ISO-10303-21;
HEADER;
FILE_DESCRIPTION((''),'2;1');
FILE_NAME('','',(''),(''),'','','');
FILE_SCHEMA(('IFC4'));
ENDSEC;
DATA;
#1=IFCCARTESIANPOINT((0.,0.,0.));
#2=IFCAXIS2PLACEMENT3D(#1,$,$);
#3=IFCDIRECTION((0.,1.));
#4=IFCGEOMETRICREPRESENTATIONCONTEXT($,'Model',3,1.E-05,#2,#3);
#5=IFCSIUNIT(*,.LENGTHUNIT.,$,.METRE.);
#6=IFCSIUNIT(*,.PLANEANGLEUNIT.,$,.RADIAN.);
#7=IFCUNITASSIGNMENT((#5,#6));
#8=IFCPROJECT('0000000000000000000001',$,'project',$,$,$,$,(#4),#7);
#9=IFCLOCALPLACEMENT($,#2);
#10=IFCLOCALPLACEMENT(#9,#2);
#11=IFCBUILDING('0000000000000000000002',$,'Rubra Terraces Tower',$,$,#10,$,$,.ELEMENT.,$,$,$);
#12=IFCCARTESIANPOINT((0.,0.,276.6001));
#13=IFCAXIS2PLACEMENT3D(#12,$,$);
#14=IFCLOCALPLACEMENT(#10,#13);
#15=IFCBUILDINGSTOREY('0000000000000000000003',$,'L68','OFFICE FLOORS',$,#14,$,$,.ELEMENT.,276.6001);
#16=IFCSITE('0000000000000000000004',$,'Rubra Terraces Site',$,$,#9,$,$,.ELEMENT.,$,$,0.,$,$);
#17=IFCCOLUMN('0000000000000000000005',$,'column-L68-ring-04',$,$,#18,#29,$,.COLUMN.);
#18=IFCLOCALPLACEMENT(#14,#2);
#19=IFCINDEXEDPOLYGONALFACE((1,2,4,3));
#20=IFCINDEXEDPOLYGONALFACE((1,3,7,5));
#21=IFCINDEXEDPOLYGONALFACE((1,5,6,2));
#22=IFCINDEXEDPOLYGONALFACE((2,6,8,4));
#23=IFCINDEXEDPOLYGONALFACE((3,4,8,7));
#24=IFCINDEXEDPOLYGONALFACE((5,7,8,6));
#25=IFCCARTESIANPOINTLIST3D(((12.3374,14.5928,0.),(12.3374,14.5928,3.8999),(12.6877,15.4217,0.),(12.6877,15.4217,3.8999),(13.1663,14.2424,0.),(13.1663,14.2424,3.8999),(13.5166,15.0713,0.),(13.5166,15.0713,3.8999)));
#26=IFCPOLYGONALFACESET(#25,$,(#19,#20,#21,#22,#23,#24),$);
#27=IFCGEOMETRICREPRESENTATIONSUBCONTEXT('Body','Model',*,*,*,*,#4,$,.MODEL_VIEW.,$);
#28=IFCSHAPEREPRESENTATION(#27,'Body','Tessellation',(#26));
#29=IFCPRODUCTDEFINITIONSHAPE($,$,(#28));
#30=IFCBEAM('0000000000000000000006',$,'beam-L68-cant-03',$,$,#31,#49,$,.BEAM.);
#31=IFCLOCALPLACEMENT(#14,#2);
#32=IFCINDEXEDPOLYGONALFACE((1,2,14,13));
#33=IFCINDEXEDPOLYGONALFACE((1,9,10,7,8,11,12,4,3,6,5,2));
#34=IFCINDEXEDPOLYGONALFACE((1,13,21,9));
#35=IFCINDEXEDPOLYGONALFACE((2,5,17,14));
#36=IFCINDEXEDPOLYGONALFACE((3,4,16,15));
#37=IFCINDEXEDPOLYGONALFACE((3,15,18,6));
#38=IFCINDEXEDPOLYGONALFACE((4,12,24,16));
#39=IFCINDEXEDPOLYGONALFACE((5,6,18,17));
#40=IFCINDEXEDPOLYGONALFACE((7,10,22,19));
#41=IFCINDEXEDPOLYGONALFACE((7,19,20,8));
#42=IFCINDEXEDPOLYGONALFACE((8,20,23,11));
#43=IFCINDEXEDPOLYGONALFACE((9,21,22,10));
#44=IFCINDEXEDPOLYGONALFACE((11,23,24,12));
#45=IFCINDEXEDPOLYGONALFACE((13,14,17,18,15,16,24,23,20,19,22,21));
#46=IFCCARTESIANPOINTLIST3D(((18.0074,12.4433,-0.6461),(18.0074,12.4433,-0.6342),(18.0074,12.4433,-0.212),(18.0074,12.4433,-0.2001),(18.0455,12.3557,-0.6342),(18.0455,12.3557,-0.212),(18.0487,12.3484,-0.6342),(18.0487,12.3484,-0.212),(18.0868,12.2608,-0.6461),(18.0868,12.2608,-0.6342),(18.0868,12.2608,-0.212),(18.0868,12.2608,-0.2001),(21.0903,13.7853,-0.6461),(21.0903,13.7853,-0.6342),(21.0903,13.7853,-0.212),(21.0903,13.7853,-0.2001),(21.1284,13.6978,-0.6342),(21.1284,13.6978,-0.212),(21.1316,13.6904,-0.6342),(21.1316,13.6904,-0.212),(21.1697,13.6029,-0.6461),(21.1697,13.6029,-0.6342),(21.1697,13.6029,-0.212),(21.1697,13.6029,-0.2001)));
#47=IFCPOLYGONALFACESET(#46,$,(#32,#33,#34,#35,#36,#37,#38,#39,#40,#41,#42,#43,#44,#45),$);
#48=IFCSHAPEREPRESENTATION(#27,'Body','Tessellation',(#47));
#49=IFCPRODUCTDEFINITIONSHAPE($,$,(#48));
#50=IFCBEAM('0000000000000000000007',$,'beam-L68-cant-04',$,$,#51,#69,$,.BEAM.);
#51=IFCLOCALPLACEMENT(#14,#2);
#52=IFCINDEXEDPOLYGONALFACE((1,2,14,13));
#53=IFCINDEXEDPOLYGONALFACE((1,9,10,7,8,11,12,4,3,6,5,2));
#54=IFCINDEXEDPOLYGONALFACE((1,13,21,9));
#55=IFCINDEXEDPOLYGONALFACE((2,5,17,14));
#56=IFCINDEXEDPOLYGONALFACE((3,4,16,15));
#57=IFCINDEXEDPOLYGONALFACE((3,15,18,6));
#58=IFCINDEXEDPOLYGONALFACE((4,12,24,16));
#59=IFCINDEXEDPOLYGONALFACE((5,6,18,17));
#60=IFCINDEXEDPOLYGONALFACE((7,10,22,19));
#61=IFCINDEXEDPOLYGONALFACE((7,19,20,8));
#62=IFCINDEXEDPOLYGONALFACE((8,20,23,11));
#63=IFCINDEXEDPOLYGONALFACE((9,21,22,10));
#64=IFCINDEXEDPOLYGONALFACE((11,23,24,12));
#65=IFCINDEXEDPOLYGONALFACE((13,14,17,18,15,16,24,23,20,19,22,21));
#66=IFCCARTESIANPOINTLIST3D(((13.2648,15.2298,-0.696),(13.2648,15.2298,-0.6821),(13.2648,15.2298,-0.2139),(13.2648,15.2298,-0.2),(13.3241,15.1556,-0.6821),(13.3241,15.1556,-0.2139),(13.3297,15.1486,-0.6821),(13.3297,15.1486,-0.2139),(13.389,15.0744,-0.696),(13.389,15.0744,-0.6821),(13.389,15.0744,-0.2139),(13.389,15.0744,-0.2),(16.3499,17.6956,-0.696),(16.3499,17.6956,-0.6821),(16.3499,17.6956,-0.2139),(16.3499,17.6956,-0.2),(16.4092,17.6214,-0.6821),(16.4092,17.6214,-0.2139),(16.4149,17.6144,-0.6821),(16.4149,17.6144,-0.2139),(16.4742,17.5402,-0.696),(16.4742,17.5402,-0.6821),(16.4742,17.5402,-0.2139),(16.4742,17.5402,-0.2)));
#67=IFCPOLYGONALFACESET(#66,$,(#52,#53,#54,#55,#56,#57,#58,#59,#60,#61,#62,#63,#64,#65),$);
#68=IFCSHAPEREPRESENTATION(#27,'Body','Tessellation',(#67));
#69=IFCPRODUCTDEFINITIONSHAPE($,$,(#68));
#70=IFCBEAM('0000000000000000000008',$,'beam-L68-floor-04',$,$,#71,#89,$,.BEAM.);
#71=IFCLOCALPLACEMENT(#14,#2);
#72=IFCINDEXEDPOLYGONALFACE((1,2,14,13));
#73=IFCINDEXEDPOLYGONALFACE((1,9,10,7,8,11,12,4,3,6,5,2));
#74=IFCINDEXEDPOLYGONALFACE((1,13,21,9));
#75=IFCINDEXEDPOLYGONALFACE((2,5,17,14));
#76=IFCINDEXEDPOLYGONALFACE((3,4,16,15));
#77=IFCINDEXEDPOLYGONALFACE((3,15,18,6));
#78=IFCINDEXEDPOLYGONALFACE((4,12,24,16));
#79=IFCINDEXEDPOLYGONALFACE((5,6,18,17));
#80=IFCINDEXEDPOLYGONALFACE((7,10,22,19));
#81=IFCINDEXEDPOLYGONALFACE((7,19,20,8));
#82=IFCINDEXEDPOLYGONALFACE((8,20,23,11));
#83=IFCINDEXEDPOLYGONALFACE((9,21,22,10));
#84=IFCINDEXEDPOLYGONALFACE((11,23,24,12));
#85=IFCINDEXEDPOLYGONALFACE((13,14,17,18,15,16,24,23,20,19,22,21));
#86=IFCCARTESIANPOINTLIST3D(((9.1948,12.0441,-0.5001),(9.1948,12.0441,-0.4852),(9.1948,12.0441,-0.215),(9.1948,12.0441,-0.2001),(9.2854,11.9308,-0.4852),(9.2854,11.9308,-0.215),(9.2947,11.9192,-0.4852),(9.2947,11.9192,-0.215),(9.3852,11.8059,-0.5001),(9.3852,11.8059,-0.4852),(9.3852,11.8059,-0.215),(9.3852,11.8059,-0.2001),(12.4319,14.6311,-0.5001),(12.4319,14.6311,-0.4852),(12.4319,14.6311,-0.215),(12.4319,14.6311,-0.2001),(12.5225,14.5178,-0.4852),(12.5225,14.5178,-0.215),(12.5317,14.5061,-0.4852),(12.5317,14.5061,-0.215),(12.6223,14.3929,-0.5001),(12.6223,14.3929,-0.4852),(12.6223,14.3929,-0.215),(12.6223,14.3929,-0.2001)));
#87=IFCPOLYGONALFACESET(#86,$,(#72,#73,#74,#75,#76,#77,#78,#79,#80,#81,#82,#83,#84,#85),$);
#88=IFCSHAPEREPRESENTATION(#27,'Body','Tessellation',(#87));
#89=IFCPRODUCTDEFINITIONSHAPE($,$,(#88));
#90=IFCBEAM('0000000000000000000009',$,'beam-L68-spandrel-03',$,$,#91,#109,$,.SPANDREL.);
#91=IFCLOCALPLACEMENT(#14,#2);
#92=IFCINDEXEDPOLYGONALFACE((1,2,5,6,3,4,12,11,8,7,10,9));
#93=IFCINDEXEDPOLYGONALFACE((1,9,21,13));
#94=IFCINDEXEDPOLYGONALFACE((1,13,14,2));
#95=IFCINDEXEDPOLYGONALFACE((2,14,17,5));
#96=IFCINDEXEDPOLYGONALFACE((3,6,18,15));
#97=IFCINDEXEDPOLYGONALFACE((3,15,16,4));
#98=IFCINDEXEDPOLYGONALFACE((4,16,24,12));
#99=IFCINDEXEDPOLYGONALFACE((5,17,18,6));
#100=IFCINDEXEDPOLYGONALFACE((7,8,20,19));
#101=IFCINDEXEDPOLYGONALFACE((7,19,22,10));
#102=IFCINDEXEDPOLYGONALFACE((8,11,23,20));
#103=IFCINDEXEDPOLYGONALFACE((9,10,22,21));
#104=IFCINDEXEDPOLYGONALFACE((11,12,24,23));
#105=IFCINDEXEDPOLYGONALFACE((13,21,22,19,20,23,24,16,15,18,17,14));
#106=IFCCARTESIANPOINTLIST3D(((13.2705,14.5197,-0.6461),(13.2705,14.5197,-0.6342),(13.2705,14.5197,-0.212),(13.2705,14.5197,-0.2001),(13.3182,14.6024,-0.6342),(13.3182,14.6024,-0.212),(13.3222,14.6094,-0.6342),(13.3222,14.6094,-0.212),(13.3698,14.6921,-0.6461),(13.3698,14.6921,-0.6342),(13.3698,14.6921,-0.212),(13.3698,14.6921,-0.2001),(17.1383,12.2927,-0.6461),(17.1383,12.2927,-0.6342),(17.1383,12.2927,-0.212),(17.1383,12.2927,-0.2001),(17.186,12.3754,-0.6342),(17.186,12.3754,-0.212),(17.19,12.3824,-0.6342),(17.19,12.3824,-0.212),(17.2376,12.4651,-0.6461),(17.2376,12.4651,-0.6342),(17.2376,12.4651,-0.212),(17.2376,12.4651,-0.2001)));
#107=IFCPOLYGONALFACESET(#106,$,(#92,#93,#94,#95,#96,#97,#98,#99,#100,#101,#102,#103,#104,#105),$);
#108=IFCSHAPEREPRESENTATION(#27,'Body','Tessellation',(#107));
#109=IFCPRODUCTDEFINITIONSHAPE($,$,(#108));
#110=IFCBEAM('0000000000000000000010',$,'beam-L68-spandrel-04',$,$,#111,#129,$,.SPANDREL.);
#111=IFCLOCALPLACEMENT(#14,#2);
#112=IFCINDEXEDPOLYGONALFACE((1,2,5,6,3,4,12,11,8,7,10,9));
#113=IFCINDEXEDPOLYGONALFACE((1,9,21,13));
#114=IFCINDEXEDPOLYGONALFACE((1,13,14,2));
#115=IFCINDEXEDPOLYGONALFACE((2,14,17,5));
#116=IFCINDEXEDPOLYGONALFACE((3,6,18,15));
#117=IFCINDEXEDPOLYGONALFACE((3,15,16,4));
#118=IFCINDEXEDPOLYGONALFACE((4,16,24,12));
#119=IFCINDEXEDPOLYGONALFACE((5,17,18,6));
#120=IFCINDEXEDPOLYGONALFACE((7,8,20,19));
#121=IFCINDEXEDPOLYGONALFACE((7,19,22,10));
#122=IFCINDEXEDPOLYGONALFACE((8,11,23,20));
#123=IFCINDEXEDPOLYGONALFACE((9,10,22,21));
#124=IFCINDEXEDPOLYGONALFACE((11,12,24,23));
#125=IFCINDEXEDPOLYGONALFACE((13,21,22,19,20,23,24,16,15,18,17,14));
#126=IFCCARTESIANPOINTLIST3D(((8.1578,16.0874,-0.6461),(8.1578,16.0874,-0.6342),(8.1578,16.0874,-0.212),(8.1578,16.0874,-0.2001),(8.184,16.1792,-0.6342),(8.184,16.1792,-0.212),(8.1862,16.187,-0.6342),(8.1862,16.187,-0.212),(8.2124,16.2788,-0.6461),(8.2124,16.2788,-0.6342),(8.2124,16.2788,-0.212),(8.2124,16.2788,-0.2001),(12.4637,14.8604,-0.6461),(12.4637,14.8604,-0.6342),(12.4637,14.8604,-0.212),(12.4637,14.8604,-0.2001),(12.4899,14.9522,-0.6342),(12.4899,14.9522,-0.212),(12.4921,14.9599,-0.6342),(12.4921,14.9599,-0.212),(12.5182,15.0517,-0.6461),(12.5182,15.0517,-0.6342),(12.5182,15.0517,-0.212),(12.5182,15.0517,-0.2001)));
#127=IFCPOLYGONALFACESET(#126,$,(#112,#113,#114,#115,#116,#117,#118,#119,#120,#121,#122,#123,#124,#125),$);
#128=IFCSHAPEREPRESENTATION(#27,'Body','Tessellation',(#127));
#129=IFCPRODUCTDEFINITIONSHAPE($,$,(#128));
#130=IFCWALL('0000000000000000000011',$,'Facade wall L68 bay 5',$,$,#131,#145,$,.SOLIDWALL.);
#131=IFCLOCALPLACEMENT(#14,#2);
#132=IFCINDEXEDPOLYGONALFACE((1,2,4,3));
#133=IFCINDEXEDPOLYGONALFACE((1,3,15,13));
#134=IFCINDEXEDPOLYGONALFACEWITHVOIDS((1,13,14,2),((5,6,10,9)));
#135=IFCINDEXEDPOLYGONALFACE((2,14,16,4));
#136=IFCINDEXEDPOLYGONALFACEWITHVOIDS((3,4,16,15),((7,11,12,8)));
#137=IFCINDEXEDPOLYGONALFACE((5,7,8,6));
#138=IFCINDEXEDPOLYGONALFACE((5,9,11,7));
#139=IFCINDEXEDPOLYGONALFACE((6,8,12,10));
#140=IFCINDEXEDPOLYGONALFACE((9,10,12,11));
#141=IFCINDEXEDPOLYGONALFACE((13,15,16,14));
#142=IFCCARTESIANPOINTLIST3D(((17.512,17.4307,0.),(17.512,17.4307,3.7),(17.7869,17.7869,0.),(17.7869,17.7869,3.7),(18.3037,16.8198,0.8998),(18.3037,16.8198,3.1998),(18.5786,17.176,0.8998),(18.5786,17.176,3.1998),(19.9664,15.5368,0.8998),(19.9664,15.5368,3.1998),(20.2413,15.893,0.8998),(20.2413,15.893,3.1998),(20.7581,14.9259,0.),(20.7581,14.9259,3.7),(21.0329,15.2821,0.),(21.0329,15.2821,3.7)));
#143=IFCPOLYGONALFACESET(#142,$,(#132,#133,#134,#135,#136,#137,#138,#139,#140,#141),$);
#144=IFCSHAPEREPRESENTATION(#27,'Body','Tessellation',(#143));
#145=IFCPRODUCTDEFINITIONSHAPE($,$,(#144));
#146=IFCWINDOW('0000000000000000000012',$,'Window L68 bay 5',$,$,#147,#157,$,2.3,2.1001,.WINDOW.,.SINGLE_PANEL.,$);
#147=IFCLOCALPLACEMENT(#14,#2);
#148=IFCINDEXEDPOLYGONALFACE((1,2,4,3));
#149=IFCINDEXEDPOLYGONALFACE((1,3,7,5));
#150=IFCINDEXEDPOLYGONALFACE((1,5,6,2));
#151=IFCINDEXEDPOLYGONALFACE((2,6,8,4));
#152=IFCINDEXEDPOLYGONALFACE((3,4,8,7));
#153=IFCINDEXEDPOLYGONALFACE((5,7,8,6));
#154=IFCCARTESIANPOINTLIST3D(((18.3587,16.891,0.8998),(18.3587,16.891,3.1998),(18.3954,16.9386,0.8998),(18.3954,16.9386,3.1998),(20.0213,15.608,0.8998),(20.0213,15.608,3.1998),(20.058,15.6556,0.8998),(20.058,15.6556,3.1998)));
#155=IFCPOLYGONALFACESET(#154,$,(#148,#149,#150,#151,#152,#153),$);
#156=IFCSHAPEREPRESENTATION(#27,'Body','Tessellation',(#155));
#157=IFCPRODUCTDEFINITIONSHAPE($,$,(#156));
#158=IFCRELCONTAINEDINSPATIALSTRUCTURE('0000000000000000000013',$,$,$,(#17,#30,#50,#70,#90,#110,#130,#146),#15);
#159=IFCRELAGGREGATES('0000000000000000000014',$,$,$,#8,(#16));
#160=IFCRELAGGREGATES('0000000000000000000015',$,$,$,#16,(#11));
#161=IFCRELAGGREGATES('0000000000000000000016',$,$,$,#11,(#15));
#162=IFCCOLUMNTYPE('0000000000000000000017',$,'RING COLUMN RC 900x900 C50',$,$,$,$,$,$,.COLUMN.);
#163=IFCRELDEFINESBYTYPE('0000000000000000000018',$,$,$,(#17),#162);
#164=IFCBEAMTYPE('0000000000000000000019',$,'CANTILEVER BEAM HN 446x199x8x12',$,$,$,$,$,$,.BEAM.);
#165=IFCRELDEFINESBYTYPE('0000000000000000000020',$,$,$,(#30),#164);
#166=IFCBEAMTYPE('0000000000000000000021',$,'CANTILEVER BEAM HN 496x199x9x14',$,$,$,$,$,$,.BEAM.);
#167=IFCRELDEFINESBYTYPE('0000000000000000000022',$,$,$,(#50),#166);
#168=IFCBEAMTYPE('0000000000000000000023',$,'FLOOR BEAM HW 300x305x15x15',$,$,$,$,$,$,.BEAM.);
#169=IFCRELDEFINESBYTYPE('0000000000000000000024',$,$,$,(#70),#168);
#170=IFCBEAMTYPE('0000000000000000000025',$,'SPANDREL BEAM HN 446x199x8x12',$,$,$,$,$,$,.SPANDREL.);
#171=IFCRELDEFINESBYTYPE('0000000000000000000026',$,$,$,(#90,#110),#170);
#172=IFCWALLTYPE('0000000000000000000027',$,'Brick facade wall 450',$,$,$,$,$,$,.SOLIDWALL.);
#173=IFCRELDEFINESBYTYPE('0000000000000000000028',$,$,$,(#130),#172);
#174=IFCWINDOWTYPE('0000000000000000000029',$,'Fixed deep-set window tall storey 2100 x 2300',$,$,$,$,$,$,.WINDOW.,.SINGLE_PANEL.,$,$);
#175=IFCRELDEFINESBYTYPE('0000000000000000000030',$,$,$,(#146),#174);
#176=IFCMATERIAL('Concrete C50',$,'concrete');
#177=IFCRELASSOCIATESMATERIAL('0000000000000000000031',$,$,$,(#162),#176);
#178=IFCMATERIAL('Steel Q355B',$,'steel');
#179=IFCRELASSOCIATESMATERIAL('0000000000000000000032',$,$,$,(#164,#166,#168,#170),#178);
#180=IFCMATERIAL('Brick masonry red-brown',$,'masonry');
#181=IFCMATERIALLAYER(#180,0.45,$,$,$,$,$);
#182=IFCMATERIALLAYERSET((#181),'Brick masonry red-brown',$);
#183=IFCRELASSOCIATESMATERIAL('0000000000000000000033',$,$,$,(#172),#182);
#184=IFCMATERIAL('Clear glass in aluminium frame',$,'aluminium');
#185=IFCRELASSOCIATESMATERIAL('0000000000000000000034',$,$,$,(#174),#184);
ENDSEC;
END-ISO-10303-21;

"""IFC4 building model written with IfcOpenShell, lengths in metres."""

from ifc_helpers import new_model, si_unit, direction, frame, frame_2d, origin, origin_2d, place, context, subcontext, project, spatial, rectangle, i_section, extrude, material, layer, layer_set, material_profile, profile_set, type_object, element, fill, save


model = new_model("IFC4")

# Units and contexts
model_context = context("Model", 3, precision=1e-05, world=origin(), true_north=direction((0.0, 1.0)))
body_context = subcontext(model_context, "Body", "Model", "MODEL_VIEW")
ifc_project = project(units=[si_unit("LENGTHUNIT", "METRE"), si_unit("PLANEANGLEUNIT", "RADIAN")], contexts=[model_context])

# Site, building, storey
site_placement = place(None, origin())
site = spatial("IfcSite", under=ifc_project, at=site_placement, Name="Rubra Terraces Site", CompositionType="ELEMENT", RefElevation=0.0)
building_placement = place(site_placement, origin())
building = spatial("IfcBuilding", under=site, at=building_placement, Name="Rubra Terraces Tower", CompositionType="ELEMENT")
storey_placement = place(building_placement, frame((0.0, 0.0, 276.6001)))
storey = spatial("IfcBuildingStorey", under=building, at=storey_placement, Name="L68", Description="OFFICE FLOORS", CompositionType="ELEMENT", Elevation=276.6001)

# Column
ifc_material_1 = material(Name="Concrete C50", Category="concrete")
ifc_material_profile_1 = material_profile(ifc_material_1, rectangle(XDim=0.8999, YDim=0.8999, at=origin_2d()), Name="RC 900x900")
ifc_profile_set_1 = profile_set([ifc_material_profile_1], Name="Concrete C50")
column_type = type_object("IfcColumnType", Name="RING COLUMN RC 900x900 C50", PredefinedType="COLUMN", material=ifc_profile_set_1)
column_placement = place(storey_placement, frame((12.927, 14.832, 0.0), z_axis=(0.0, 0.0, 1.0), x_axis=(-0.921106, 0.389313, 0.0)))
element("IfcColumn", 1, at=column_placement, inside=storey, type_object=column_type, Name="column-L68-ring-04", PredefinedType="COLUMN", context=body_context, shape_type="SweptSolid", body=[
    extrude(rectangle(XDim=0.8999, YDim=0.8999, at=origin_2d()), origin(), (0.0, 0.0, 1.0), 3.8999),
])

# Beams
ifc_material_2 = material(Name="Steel Q355B", Category="steel")
ifc_material_profile_2 = material_profile(ifc_material_2, i_section(OverallWidth=0.199, OverallDepth=0.446, WebThickness=0.0081, FlangeThickness=0.012, at=origin_2d()), Name="HN 446x199x8x12")
ifc_profile_set_2 = profile_set([ifc_material_profile_2], Name="Steel Q355B")
beam_type_1 = type_object("IfcBeamType", Name="CANTILEVER BEAM HN 446x199x8x12", PredefinedType="BEAM", material=ifc_profile_set_2)
beam_1_placement = place(storey_placement, frame((18.0471, 12.3521, -0.4231), z_axis=(0.916884, 0.399154, 0.0), x_axis=(-0.399154, 0.916884, 0.0)))
element("IfcBeam", 2, at=beam_1_placement, inside=storey, type_object=beam_type_1, Name="beam-L68-cant-03", PredefinedType="BEAM", context=body_context, shape_type="SweptSolid", body=[
    extrude(i_section(OverallWidth=0.199, OverallDepth=0.446, WebThickness=0.0081, FlangeThickness=0.012, at=origin_2d()), origin(), (0.0, 0.0, 1.0), 3.3623),
])
ifc_material_profile_3 = material_profile(ifc_material_2, i_section(OverallWidth=0.199, OverallDepth=0.4961, WebThickness=0.009, FlangeThickness=0.0139, at=origin_2d()), Name="HN 496x199x9x14")
ifc_profile_set_3 = profile_set([ifc_material_profile_3], Name="Steel Q355B")
beam_type_2 = type_object("IfcBeamType", Name="CANTILEVER BEAM HN 496x199x9x14", PredefinedType="BEAM", material=ifc_profile_set_3)
beam_2_placement = place(storey_placement, frame((13.3269, 15.1521, -0.448), z_axis=(0.781158, 0.624333, 0.0), x_axis=(-0.624333, 0.781158, 0.0)))
element("IfcBeam", 3, at=beam_2_placement, inside=storey, type_object=beam_type_2, Name="beam-L68-cant-04", PredefinedType="BEAM", context=body_context, shape_type="SweptSolid", body=[
    extrude(i_section(OverallWidth=0.199, OverallDepth=0.4961, WebThickness=0.009, FlangeThickness=0.0139, at=origin_2d()), origin(), (0.0, 0.0, 1.0), 3.9495),
])
ifc_material_profile_4 = material_profile(ifc_material_2, i_section(OverallWidth=0.3049, OverallDepth=0.3, WebThickness=0.0149, FlangeThickness=0.0149, at=origin_2d()), Name="HW 300x305x15x15")
ifc_profile_set_4 = profile_set([ifc_material_profile_4], Name="Steel Q355B")
beam_type_3 = type_object("IfcBeamType", Name="FLOOR BEAM HW 300x305x15x15", PredefinedType="BEAM", material=ifc_profile_set_4)
beam_3_placement = place(storey_placement, frame((12.5271, 14.512, -0.3501), z_axis=(-0.781191, -0.624293, 0.0), x_axis=(0.624293, -0.781191, 0.0)))
element("IfcBeam", 4, at=beam_3_placement, inside=storey, type_object=beam_type_3, Name="beam-L68-floor-04", PredefinedType="BEAM", context=body_context, shape_type="SweptSolid", body=[
    extrude(i_section(OverallWidth=0.3049, OverallDepth=0.3, WebThickness=0.0149, FlangeThickness=0.0149, at=origin_2d()), origin(), (0.0, 0.0, 1.0), 4.1438),
])
ifc_material_profile_5 = material_profile(ifc_material_2, i_section(OverallWidth=0.199, OverallDepth=0.446, WebThickness=0.0081, FlangeThickness=0.012, at=origin_2d()), Name="HN 446x199x8x12")
ifc_profile_set_5 = profile_set([ifc_material_profile_5], Name="Steel Q355B")
beam_type_4 = type_object("IfcBeamType", Name="SPANDREL BEAM HN 446x199x8x12", PredefinedType="SPANDREL", material=ifc_profile_set_5)
beam_4_placement = place(storey_placement, frame((17.188, 12.3789, -0.4231), z_axis=(-0.866616, 0.498976, 0.0), x_axis=(-0.498976, -0.866616, 0.0)))
element("IfcBeam", 5, at=beam_4_placement, inside=storey, type_object=beam_type_4, Name="beam-L68-spandrel-03", PredefinedType="SPANDREL", context=body_context, shape_type="SweptSolid", body=[
    extrude(i_section(OverallWidth=0.199, OverallDepth=0.446, WebThickness=0.0081, FlangeThickness=0.012, at=origin_2d()), origin(), (0.0, 0.0, 1.0), 4.4631),
])
beam_5_placement = place(storey_placement, frame((12.491, 14.9561, -0.4231), z_axis=(-0.961713, 0.274058, 0.0), x_axis=(-0.274058, -0.961713, 0.0)))
element("IfcBeam", 6, at=beam_5_placement, inside=storey, type_object=beam_type_4, Name="beam-L68-spandrel-04", PredefinedType="SPANDREL", context=body_context, shape_type="SweptSolid", body=[
    extrude(i_section(OverallWidth=0.199, OverallDepth=0.446, WebThickness=0.0081, FlangeThickness=0.012, at=origin_2d()), origin(), (0.0, 0.0, 1.0), 4.4773),
])

# Wall, opening, window
ifc_material_3 = material(Name="Brick masonry red-brown", Category="masonry")
ifc_layer_1 = layer(ifc_material_3, 0.45)
ifc_layer_set_1 = layer_set([ifc_layer_1], Name="Brick masonry red-brown")
wall_type_1 = type_object("IfcWallType", Name="Brick facade wall 450", PredefinedType="SOLIDWALL", material=ifc_layer_set_1)
wall_1_placement = place(storey_placement, frame((20.8955, 15.104, 0.0), z_axis=(0.0, 0.0, 1.0), x_axis=(-0.791693, 0.610919, 0.0)))
wall_1 = element("IfcWall", 7, at=wall_1_placement, inside=storey, type_object=wall_type_1, Name="Facade wall L68 bay 5", PredefinedType="SOLIDWALL", context=body_context, shape_type="SweptSolid", body=[
    extrude(rectangle(XDim=4.1001, YDim=0.45, at=frame_2d((2.05, 0.0))), origin(), (0.0, 0.0, 1.0), 3.7),
])
opening_1_placement = place(wall_1_placement, frame((1.0, 0.0, 0.8999)))
opening_1 = element("IfcOpeningElement", 8, at=opening_1_placement, cuts=wall_1, PredefinedType="OPENING", context=body_context, shape_type="SweptSolid", body=[
    extrude(rectangle(XDim=2.1001, YDim=2.3, at=frame_2d((1.05, 1.1499))), frame((0.0, 0.2349, 0.0), z_axis=(0.0, -1.0, 0.0), x_axis=(1.0, 0.0, 0.0)), (0.0, 0.0, 1.0), 0.47),
])
ifc_material_4 = material(Name="Clear glass in aluminium frame", Category="aluminium")
window_type = type_object("IfcWindowType", Name="Fixed deep-set window tall storey 2100 x 2300", PartitioningType="SINGLE_PANEL", PredefinedType="WINDOW", material=ifc_material_4)
window_1_placement = place(opening_1_placement, origin())
window_1 = element("IfcWindow", 9, at=window_1_placement, inside=storey, type_object=window_type, Name="Window L68 bay 5", OverallHeight=2.3, OverallWidth=2.1001, PartitioningType="SINGLE_PANEL", PredefinedType="WINDOW", context=body_context, shape_type="SweptSolid", body=[
    extrude(rectangle(XDim=2.1001, YDim=2.3, at=frame_2d((1.05, 1.1499))), frame((0.0, 0.135, 0.0), z_axis=(0.0, -1.0, 0.0), x_axis=(1.0, 0.0, 0.0)), (0.0, 0.0, 1.0), 0.0601),
])
fill(opening_1, window_1)

save(model, "model.ifc")
